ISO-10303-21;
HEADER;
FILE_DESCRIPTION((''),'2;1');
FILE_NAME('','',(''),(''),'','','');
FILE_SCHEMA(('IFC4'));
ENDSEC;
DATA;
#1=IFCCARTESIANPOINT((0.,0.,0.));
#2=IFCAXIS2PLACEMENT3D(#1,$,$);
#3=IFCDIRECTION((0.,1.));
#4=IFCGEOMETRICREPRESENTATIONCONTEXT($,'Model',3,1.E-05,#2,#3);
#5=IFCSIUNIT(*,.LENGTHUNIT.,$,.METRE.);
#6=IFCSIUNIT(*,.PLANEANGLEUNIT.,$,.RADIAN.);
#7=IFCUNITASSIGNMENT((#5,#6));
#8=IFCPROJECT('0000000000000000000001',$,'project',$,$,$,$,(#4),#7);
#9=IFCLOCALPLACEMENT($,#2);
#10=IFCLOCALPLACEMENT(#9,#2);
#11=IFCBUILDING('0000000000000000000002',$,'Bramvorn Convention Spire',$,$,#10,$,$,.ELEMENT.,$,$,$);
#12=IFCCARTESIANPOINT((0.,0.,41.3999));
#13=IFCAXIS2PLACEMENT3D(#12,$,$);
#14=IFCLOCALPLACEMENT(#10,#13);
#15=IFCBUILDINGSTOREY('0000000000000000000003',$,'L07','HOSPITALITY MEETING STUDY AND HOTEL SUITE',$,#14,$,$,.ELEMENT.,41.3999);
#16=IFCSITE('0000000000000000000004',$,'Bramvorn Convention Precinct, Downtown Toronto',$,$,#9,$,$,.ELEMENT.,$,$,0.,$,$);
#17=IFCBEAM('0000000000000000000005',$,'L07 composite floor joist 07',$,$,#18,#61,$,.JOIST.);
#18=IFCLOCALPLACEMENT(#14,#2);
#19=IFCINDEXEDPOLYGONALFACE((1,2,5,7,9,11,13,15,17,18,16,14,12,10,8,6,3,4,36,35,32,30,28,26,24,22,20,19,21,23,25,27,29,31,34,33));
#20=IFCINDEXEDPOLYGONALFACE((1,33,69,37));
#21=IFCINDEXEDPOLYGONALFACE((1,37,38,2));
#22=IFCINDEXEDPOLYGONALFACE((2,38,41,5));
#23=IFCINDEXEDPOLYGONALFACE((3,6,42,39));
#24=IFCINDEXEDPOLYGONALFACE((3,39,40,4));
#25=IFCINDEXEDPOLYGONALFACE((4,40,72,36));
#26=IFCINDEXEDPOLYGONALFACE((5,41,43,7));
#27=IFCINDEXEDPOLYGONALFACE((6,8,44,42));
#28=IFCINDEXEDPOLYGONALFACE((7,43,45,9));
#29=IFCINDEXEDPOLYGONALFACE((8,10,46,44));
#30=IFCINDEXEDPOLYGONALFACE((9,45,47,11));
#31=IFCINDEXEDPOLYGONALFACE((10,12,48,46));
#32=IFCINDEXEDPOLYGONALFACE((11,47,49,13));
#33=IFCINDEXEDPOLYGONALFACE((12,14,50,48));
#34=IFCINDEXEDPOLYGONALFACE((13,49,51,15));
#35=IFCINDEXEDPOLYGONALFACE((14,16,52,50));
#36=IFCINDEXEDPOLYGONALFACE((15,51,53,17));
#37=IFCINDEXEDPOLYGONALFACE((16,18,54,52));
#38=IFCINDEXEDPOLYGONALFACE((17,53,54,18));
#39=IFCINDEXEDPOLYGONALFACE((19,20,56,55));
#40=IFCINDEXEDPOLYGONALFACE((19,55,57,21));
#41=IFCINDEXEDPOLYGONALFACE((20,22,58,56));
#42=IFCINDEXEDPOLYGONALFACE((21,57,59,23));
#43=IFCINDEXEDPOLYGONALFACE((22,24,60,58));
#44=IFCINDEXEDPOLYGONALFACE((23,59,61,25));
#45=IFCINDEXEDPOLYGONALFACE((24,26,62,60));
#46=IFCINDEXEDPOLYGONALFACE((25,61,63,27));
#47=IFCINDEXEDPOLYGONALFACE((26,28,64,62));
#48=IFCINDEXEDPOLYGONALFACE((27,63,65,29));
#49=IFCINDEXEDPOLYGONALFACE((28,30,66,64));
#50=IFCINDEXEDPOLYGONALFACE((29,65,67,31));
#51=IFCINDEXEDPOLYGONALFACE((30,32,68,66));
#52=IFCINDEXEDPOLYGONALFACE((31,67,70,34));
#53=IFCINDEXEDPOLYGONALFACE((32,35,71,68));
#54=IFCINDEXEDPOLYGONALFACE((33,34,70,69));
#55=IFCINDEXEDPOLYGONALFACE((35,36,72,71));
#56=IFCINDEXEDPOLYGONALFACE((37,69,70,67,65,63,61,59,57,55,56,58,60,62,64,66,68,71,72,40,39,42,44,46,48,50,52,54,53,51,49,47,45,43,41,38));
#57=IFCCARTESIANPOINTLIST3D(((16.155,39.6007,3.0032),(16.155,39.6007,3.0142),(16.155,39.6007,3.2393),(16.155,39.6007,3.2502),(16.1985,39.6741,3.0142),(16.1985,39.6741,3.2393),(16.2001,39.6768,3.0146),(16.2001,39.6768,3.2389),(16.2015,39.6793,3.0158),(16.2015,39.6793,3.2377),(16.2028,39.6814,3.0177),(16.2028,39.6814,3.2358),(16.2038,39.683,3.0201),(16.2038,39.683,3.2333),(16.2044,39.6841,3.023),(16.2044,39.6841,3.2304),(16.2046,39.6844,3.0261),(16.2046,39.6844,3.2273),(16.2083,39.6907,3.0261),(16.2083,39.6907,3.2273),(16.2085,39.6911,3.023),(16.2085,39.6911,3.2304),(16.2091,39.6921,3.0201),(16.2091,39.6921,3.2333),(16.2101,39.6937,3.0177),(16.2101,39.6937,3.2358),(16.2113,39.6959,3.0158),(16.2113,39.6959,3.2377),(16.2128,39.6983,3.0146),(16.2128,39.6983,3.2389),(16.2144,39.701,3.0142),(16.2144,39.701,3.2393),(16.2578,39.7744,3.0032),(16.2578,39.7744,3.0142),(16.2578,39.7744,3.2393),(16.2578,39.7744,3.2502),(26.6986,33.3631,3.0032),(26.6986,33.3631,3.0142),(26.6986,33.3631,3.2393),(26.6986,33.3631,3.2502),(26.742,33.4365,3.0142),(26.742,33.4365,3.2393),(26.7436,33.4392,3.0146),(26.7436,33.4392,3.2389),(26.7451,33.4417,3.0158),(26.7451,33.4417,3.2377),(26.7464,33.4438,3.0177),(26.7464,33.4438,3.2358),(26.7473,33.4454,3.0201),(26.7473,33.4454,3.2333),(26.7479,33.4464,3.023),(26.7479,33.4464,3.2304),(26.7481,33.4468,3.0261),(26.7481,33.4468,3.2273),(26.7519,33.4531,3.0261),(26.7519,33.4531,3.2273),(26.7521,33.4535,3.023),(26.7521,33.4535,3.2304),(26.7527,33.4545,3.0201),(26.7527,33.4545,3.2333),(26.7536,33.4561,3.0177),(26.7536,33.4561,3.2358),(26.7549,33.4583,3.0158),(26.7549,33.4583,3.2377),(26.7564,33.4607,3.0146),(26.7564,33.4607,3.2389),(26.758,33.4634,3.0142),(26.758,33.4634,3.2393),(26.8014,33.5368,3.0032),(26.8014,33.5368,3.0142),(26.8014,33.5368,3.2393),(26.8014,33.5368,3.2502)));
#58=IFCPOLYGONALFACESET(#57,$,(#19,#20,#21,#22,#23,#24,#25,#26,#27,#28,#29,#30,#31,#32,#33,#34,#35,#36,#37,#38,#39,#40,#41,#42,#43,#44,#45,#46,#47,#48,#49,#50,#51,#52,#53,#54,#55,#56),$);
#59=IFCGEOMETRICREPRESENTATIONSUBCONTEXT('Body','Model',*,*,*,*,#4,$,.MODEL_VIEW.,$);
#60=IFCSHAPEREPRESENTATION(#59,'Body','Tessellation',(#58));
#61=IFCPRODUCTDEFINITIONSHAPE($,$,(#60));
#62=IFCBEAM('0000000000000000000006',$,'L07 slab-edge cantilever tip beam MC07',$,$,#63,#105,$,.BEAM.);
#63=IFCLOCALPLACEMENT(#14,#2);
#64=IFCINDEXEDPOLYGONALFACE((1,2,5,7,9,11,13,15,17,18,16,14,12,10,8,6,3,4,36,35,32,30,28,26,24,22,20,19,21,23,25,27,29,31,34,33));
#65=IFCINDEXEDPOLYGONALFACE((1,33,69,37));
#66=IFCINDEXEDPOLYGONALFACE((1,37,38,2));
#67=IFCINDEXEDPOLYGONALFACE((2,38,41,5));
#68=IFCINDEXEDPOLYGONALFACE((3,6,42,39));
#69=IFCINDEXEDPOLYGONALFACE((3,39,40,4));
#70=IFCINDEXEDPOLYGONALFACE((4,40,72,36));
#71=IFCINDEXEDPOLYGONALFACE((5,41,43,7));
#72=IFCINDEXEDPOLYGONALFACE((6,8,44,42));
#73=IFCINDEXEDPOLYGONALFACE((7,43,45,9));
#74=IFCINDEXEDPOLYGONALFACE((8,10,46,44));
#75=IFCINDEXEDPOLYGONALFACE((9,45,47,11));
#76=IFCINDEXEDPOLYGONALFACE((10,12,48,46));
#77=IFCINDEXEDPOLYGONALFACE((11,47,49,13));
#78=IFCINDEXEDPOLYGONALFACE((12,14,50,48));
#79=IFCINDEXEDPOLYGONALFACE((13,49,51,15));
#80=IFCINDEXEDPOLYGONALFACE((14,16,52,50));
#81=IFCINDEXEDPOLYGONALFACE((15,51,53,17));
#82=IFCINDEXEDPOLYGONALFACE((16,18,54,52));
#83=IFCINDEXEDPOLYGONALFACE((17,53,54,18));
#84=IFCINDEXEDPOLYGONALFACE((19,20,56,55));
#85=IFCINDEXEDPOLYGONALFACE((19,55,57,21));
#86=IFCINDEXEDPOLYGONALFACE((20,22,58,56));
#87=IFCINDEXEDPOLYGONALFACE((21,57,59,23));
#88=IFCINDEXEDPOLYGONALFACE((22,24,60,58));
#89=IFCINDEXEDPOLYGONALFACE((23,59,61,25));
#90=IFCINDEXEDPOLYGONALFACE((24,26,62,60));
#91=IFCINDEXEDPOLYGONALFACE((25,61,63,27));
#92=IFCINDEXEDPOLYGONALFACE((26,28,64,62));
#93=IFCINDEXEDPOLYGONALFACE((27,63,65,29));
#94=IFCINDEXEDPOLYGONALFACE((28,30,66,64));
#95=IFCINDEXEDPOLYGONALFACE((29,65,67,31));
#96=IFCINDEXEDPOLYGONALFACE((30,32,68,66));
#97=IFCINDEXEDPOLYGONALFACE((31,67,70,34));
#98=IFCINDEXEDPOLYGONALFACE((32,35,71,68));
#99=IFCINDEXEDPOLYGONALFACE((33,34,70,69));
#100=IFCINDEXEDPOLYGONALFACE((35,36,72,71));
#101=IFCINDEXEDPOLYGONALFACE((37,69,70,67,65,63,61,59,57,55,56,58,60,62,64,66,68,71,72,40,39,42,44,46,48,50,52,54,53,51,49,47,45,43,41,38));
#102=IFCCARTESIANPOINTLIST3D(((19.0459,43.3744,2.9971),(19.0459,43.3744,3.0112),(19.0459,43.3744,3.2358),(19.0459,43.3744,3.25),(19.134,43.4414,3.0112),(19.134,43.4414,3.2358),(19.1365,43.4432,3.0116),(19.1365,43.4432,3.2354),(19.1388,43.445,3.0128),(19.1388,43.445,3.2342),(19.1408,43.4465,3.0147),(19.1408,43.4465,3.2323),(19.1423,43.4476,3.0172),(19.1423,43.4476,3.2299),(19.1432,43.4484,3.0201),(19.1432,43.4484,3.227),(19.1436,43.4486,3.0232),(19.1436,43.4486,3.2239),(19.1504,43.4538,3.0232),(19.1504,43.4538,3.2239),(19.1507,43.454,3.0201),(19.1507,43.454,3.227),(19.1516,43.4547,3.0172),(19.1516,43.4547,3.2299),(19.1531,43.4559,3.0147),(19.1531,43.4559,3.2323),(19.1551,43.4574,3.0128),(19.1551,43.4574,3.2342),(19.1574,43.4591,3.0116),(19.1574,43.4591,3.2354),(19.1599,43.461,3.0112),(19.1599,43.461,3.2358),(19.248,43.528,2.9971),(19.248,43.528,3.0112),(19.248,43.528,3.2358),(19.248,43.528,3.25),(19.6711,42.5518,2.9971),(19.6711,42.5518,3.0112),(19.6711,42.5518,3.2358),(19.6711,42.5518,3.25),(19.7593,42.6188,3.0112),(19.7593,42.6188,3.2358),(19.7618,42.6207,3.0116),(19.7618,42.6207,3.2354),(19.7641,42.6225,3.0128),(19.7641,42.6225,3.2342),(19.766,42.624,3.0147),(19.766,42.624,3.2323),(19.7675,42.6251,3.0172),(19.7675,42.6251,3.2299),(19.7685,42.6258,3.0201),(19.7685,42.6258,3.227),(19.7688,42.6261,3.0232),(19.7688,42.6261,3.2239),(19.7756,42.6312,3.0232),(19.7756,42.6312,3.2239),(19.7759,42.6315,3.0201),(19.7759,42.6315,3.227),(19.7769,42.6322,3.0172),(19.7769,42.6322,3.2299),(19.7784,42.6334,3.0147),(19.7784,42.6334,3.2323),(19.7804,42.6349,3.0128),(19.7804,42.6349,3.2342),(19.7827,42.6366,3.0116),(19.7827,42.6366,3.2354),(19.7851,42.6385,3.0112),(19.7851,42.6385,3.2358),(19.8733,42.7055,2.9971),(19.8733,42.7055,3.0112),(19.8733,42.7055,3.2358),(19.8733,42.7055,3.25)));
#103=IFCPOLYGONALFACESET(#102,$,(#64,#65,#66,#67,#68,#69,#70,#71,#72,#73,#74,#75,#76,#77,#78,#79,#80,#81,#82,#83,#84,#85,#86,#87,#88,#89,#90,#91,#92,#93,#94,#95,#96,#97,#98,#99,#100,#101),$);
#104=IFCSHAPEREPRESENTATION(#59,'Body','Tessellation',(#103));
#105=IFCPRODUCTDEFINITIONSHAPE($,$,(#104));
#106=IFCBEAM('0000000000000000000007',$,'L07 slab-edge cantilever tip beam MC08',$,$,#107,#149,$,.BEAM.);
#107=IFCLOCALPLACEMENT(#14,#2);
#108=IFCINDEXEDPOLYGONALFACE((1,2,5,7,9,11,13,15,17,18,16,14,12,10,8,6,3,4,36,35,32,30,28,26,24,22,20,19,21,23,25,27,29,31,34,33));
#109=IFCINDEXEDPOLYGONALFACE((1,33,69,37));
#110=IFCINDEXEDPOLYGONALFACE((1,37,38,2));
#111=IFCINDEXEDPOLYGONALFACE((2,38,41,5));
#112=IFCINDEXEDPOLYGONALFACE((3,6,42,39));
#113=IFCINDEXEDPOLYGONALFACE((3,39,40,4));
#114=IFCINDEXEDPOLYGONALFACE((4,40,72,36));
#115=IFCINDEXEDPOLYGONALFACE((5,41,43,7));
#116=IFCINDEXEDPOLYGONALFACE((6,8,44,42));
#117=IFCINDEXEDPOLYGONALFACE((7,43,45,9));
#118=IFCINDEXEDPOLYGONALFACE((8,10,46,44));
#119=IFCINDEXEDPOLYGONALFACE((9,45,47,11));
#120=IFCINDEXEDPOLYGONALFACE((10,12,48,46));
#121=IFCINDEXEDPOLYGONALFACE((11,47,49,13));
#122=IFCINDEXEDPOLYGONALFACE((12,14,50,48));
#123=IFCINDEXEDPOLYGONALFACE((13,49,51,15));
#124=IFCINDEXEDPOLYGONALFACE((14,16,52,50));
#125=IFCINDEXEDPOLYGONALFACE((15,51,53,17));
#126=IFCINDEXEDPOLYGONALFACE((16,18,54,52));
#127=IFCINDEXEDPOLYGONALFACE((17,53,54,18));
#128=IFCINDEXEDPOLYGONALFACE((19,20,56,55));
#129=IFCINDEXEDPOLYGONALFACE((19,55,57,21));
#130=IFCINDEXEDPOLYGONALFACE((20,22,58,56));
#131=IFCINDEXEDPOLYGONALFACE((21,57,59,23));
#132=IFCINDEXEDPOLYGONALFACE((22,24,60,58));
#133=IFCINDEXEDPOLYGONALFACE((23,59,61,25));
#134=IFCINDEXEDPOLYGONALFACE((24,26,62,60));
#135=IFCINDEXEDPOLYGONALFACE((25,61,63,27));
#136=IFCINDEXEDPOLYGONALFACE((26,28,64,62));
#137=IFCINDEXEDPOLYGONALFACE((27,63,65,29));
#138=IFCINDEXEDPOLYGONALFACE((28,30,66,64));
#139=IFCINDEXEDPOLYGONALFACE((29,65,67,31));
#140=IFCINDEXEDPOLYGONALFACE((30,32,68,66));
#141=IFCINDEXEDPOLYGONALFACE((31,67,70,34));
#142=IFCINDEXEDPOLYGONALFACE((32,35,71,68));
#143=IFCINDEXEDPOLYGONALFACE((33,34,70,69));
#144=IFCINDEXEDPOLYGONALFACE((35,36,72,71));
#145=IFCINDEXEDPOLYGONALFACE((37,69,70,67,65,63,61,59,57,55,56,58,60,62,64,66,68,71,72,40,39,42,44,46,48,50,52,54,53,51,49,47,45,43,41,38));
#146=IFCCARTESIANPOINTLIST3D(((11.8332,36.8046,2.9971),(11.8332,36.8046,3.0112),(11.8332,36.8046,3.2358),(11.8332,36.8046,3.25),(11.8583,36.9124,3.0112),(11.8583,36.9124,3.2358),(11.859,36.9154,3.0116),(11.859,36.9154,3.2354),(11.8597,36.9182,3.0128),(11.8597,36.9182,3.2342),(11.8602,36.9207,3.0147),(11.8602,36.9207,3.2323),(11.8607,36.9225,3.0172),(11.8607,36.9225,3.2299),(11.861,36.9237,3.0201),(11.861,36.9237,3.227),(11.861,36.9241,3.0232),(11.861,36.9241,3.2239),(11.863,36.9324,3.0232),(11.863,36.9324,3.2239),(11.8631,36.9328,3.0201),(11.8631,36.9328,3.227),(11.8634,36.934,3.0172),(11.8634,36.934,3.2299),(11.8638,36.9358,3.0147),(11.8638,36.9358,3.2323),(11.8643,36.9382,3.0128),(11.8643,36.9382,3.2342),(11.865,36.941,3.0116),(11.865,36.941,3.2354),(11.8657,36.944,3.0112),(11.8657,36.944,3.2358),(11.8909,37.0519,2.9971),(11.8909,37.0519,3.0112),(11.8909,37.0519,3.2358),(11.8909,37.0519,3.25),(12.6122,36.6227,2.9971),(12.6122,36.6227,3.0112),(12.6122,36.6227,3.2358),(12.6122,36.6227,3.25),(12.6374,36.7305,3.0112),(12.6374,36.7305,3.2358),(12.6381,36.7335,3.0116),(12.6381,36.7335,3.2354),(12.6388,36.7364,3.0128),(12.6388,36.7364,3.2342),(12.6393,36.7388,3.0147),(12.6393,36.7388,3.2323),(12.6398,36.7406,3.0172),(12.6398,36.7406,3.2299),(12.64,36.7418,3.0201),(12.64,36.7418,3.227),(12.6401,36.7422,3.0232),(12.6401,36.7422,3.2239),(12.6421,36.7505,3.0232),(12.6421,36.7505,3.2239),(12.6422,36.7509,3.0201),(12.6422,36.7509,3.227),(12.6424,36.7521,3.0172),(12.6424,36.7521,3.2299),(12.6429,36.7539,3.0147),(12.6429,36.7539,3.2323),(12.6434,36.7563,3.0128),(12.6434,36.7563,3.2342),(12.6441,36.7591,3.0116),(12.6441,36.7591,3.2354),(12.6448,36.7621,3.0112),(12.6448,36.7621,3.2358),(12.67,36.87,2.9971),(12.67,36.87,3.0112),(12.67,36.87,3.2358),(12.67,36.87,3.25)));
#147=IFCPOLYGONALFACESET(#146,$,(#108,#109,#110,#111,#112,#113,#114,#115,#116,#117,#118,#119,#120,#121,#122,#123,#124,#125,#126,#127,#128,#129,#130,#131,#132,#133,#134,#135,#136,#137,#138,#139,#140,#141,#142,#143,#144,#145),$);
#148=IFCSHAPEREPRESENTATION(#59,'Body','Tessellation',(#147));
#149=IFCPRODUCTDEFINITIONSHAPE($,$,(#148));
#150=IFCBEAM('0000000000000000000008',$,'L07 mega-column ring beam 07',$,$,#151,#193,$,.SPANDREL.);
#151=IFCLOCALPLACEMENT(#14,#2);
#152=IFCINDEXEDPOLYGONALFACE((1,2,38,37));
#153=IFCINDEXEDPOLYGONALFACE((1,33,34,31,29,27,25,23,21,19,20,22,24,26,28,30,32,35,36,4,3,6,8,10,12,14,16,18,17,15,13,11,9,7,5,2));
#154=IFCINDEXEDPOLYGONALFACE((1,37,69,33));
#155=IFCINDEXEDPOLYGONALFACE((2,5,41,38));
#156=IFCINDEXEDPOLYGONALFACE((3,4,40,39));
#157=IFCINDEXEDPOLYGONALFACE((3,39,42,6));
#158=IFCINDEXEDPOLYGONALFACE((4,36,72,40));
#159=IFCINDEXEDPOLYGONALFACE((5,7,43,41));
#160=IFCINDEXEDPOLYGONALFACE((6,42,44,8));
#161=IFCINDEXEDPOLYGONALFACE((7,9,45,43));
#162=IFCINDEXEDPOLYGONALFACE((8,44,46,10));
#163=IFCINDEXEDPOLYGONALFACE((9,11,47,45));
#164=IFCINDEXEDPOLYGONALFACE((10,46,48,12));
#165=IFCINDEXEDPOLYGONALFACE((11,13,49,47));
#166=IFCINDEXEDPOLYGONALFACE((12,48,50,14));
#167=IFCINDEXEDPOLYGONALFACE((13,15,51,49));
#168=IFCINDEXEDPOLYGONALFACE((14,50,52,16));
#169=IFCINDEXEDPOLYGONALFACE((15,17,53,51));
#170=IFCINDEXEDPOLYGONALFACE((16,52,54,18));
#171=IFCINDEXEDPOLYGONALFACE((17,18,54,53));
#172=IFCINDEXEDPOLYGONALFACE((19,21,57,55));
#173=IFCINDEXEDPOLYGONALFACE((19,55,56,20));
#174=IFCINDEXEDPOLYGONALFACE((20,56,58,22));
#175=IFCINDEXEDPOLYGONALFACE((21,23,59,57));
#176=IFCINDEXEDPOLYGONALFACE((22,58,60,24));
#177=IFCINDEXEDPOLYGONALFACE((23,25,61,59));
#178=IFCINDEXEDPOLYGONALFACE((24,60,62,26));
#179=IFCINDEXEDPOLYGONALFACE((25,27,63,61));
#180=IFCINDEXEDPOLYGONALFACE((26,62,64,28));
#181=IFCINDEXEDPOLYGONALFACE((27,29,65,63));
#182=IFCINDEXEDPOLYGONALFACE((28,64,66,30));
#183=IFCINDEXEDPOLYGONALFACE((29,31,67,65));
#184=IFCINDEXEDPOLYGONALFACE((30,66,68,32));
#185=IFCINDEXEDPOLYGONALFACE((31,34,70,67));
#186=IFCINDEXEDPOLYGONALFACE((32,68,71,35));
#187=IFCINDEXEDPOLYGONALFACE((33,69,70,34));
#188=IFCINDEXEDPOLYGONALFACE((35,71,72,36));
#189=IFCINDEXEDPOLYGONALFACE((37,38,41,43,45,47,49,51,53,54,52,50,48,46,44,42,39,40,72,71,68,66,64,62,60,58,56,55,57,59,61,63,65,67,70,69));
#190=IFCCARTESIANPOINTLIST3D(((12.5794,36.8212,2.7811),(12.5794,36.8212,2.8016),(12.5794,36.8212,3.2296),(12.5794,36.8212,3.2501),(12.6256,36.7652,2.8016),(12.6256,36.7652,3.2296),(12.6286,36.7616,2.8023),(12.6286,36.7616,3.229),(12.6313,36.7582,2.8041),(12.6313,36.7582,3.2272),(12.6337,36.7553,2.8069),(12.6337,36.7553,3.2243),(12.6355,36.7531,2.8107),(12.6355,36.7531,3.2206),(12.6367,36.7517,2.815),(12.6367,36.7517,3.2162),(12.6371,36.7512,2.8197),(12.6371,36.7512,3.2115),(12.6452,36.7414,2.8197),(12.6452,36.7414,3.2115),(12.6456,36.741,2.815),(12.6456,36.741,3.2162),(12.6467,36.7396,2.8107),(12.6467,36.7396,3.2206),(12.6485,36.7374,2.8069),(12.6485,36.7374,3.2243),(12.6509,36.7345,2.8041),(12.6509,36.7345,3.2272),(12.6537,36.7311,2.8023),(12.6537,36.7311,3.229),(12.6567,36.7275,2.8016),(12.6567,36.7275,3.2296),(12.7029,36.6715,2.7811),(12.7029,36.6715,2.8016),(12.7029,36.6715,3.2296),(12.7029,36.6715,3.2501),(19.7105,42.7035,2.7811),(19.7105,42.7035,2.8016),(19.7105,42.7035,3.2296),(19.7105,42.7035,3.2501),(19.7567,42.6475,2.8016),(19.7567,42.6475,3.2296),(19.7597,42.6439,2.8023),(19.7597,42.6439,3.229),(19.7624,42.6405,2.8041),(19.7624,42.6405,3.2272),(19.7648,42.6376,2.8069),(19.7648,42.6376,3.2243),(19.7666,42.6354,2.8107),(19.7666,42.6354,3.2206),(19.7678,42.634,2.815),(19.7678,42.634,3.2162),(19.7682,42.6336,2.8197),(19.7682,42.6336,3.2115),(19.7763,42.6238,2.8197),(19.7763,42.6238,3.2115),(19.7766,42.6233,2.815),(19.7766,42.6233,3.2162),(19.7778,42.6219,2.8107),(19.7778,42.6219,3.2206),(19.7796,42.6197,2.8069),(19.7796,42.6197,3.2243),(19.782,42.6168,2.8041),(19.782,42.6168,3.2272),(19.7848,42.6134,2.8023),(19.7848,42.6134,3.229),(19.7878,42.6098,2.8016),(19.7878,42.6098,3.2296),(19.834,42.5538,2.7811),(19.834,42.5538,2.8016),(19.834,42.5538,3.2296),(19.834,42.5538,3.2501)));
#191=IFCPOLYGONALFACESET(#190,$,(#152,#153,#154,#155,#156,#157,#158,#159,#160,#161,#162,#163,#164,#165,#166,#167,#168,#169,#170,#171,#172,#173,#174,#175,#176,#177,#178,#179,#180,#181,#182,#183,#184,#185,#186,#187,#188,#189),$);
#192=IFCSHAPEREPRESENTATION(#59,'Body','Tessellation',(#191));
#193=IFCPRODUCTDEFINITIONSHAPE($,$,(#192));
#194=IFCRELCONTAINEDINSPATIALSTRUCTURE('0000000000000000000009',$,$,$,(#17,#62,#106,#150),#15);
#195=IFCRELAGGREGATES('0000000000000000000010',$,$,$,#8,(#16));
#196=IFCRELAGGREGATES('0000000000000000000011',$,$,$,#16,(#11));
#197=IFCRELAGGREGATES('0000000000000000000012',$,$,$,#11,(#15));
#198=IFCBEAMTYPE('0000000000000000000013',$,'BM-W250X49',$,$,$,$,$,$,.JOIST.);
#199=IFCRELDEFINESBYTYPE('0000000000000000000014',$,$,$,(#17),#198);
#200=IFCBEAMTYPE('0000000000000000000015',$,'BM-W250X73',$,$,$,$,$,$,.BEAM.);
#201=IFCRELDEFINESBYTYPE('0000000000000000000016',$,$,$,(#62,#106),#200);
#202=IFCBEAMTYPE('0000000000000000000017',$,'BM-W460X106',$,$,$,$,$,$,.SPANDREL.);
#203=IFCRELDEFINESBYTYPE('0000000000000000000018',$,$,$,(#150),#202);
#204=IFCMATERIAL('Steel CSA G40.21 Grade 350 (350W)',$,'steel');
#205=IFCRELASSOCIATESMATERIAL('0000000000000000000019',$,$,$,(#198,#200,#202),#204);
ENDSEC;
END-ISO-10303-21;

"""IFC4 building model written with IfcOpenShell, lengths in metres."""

from ifc_helpers import new_model, si_unit, direction, frame, origin, origin_2d, place, context, subcontext, project, spatial, i_section, extrude, material, material_profile, profile_set, type_object, element, save


model = new_model("IFC4")

# Units and contexts
model_context = context("Model", 3, precision=1e-05, world=origin(), true_north=direction((0.0, 1.0)))
body_context = subcontext(model_context, "Body", "Model", "MODEL_VIEW")
ifc_project = project(units=[si_unit("LENGTHUNIT", "METRE"), si_unit("PLANEANGLEUNIT", "RADIAN")], contexts=[model_context])

# Site, building, storey
site_placement = place(None, origin())
site = spatial("IfcSite", under=ifc_project, at=site_placement, Name="Bramvorn Convention Precinct, Downtown Toronto", CompositionType="ELEMENT", RefElevation=0.0)
building_placement = place(site_placement, origin())
building = spatial("IfcBuilding", under=site, at=building_placement, Name="Bramvorn Convention Spire", CompositionType="ELEMENT")
storey_placement = place(building_placement, frame((0.0, 0.0, 41.3999)))
storey = spatial("IfcBuildingStorey", under=building, at=storey_placement, Name="L07", Description="HOSPITALITY MEETING STUDY AND HOTEL SUITE", CompositionType="ELEMENT", Elevation=41.3999)

# Shared definitions
ifc_material_1 = material(Name="Steel CSA G40.21 Grade 350 (350W)", Category="steel")

# Beams
ifc_material_profile_1 = material_profile(ifc_material_1, i_section(OverallWidth=0.2019, OverallDepth=0.2471, WebThickness=0.0073, FlangeThickness=0.011, FilletRadius=0.012, at=origin_2d()))
ifc_profile_set_1 = profile_set([ifc_material_profile_1], Name="Steel CSA G40.21 Grade 350 (350W) - W250X49")
beam_type_1 = type_object("IfcBeamType", Name="BM-W250X49", PredefinedType="JOIST", material=ifc_profile_set_1)
beam_1_placement = place(storey_placement, frame((26.75, 33.45, 3.1267), z_axis=(-0.860665, 0.509172, 0.0), x_axis=(-0.509172, -0.860665, 0.0)))
element("IfcBeam", 1, at=beam_1_placement, inside=storey, type_object=beam_type_1, Name="L07 composite floor joist 07", PredefinedType="JOIST", context=body_context, shape_type="SweptSolid", body=[
    extrude(i_section(OverallWidth=0.2019, OverallDepth=0.2471, WebThickness=0.0073, FlangeThickness=0.011, FilletRadius=0.012, at=origin_2d()), origin(), (0.0, 0.0, 1.0), 12.2505),
])
ifc_material_profile_2 = material_profile(ifc_material_1, i_section(OverallWidth=0.2539, OverallDepth=0.2529, WebThickness=0.0085, FlangeThickness=0.0142, FilletRadius=0.012, at=origin_2d()))
ifc_profile_set_2 = profile_set([ifc_material_profile_2], Name="Steel CSA G40.21 Grade 350 (350W) - W250X73")
beam_type_2 = type_object("IfcBeamType", Name="BM-W250X73", PredefinedType="BEAM", material=ifc_profile_set_2)
beam_2_placement = place(storey_placement, frame((19.7722, 42.6287, 3.1235), z_axis=(-0.605167, 0.796098, 0.0), x_axis=(-0.796098, -0.605167, 0.0)))
element("IfcBeam", 2, at=beam_2_placement, inside=storey, type_object=beam_type_2, Name="L07 slab-edge cantilever tip beam MC07", PredefinedType="BEAM", context=body_context, shape_type="SweptSolid", body=[
    extrude(i_section(OverallWidth=0.2539, OverallDepth=0.2529, WebThickness=0.0085, FlangeThickness=0.0142, FilletRadius=0.012, at=origin_2d()), origin(), (0.0, 0.0, 1.0), 1.0332),
])
beam_3_placement = place(storey_placement, frame((12.6411, 36.7463, 3.1235), z_axis=(-0.973812, 0.227355, 0.0), x_axis=(-0.227355, -0.973812, 0.0)))
element("IfcBeam", 3, at=beam_3_placement, inside=storey, type_object=beam_type_2, Name="L07 slab-edge cantilever tip beam MC08", PredefinedType="BEAM", context=body_context, shape_type="SweptSolid", body=[
    extrude(i_section(OverallWidth=0.2539, OverallDepth=0.2529, WebThickness=0.0085, FlangeThickness=0.0142, FilletRadius=0.012, at=origin_2d()), origin(), (0.0, 0.0, 1.0), 0.8),
])
ifc_material_profile_3 = material_profile(ifc_material_1, i_section(OverallWidth=0.1941, OverallDepth=0.469, WebThickness=0.0127, FlangeThickness=0.0205, FilletRadius=0.0181, at=origin_2d()))
ifc_profile_set_3 = profile_set([ifc_material_profile_3], Name="Steel CSA G40.21 Grade 350 (350W) - W460X106")
beam_type_3 = type_object("IfcBeamType", Name="BM-W460X106", PredefinedType="SPANDREL", material=ifc_profile_set_3)
beam_4_placement = place(storey_placement, frame((19.7722, 42.6287, 3.0156), z_axis=(-0.771418, -0.636329, 0.0), x_axis=(0.636329, -0.771418, 0.0)))
element("IfcBeam", 4, at=beam_4_placement, inside=storey, type_object=beam_type_3, Name="L07 mega-column ring beam 07", PredefinedType="SPANDREL", context=body_context, shape_type="SweptSolid", body=[
    extrude(i_section(OverallWidth=0.1941, OverallDepth=0.469, WebThickness=0.0127, FlangeThickness=0.0205, FilletRadius=0.0181, at=origin_2d()), origin(), (0.0, 0.0, 1.0), 9.2441),
])

save(model, "model.ifc")
